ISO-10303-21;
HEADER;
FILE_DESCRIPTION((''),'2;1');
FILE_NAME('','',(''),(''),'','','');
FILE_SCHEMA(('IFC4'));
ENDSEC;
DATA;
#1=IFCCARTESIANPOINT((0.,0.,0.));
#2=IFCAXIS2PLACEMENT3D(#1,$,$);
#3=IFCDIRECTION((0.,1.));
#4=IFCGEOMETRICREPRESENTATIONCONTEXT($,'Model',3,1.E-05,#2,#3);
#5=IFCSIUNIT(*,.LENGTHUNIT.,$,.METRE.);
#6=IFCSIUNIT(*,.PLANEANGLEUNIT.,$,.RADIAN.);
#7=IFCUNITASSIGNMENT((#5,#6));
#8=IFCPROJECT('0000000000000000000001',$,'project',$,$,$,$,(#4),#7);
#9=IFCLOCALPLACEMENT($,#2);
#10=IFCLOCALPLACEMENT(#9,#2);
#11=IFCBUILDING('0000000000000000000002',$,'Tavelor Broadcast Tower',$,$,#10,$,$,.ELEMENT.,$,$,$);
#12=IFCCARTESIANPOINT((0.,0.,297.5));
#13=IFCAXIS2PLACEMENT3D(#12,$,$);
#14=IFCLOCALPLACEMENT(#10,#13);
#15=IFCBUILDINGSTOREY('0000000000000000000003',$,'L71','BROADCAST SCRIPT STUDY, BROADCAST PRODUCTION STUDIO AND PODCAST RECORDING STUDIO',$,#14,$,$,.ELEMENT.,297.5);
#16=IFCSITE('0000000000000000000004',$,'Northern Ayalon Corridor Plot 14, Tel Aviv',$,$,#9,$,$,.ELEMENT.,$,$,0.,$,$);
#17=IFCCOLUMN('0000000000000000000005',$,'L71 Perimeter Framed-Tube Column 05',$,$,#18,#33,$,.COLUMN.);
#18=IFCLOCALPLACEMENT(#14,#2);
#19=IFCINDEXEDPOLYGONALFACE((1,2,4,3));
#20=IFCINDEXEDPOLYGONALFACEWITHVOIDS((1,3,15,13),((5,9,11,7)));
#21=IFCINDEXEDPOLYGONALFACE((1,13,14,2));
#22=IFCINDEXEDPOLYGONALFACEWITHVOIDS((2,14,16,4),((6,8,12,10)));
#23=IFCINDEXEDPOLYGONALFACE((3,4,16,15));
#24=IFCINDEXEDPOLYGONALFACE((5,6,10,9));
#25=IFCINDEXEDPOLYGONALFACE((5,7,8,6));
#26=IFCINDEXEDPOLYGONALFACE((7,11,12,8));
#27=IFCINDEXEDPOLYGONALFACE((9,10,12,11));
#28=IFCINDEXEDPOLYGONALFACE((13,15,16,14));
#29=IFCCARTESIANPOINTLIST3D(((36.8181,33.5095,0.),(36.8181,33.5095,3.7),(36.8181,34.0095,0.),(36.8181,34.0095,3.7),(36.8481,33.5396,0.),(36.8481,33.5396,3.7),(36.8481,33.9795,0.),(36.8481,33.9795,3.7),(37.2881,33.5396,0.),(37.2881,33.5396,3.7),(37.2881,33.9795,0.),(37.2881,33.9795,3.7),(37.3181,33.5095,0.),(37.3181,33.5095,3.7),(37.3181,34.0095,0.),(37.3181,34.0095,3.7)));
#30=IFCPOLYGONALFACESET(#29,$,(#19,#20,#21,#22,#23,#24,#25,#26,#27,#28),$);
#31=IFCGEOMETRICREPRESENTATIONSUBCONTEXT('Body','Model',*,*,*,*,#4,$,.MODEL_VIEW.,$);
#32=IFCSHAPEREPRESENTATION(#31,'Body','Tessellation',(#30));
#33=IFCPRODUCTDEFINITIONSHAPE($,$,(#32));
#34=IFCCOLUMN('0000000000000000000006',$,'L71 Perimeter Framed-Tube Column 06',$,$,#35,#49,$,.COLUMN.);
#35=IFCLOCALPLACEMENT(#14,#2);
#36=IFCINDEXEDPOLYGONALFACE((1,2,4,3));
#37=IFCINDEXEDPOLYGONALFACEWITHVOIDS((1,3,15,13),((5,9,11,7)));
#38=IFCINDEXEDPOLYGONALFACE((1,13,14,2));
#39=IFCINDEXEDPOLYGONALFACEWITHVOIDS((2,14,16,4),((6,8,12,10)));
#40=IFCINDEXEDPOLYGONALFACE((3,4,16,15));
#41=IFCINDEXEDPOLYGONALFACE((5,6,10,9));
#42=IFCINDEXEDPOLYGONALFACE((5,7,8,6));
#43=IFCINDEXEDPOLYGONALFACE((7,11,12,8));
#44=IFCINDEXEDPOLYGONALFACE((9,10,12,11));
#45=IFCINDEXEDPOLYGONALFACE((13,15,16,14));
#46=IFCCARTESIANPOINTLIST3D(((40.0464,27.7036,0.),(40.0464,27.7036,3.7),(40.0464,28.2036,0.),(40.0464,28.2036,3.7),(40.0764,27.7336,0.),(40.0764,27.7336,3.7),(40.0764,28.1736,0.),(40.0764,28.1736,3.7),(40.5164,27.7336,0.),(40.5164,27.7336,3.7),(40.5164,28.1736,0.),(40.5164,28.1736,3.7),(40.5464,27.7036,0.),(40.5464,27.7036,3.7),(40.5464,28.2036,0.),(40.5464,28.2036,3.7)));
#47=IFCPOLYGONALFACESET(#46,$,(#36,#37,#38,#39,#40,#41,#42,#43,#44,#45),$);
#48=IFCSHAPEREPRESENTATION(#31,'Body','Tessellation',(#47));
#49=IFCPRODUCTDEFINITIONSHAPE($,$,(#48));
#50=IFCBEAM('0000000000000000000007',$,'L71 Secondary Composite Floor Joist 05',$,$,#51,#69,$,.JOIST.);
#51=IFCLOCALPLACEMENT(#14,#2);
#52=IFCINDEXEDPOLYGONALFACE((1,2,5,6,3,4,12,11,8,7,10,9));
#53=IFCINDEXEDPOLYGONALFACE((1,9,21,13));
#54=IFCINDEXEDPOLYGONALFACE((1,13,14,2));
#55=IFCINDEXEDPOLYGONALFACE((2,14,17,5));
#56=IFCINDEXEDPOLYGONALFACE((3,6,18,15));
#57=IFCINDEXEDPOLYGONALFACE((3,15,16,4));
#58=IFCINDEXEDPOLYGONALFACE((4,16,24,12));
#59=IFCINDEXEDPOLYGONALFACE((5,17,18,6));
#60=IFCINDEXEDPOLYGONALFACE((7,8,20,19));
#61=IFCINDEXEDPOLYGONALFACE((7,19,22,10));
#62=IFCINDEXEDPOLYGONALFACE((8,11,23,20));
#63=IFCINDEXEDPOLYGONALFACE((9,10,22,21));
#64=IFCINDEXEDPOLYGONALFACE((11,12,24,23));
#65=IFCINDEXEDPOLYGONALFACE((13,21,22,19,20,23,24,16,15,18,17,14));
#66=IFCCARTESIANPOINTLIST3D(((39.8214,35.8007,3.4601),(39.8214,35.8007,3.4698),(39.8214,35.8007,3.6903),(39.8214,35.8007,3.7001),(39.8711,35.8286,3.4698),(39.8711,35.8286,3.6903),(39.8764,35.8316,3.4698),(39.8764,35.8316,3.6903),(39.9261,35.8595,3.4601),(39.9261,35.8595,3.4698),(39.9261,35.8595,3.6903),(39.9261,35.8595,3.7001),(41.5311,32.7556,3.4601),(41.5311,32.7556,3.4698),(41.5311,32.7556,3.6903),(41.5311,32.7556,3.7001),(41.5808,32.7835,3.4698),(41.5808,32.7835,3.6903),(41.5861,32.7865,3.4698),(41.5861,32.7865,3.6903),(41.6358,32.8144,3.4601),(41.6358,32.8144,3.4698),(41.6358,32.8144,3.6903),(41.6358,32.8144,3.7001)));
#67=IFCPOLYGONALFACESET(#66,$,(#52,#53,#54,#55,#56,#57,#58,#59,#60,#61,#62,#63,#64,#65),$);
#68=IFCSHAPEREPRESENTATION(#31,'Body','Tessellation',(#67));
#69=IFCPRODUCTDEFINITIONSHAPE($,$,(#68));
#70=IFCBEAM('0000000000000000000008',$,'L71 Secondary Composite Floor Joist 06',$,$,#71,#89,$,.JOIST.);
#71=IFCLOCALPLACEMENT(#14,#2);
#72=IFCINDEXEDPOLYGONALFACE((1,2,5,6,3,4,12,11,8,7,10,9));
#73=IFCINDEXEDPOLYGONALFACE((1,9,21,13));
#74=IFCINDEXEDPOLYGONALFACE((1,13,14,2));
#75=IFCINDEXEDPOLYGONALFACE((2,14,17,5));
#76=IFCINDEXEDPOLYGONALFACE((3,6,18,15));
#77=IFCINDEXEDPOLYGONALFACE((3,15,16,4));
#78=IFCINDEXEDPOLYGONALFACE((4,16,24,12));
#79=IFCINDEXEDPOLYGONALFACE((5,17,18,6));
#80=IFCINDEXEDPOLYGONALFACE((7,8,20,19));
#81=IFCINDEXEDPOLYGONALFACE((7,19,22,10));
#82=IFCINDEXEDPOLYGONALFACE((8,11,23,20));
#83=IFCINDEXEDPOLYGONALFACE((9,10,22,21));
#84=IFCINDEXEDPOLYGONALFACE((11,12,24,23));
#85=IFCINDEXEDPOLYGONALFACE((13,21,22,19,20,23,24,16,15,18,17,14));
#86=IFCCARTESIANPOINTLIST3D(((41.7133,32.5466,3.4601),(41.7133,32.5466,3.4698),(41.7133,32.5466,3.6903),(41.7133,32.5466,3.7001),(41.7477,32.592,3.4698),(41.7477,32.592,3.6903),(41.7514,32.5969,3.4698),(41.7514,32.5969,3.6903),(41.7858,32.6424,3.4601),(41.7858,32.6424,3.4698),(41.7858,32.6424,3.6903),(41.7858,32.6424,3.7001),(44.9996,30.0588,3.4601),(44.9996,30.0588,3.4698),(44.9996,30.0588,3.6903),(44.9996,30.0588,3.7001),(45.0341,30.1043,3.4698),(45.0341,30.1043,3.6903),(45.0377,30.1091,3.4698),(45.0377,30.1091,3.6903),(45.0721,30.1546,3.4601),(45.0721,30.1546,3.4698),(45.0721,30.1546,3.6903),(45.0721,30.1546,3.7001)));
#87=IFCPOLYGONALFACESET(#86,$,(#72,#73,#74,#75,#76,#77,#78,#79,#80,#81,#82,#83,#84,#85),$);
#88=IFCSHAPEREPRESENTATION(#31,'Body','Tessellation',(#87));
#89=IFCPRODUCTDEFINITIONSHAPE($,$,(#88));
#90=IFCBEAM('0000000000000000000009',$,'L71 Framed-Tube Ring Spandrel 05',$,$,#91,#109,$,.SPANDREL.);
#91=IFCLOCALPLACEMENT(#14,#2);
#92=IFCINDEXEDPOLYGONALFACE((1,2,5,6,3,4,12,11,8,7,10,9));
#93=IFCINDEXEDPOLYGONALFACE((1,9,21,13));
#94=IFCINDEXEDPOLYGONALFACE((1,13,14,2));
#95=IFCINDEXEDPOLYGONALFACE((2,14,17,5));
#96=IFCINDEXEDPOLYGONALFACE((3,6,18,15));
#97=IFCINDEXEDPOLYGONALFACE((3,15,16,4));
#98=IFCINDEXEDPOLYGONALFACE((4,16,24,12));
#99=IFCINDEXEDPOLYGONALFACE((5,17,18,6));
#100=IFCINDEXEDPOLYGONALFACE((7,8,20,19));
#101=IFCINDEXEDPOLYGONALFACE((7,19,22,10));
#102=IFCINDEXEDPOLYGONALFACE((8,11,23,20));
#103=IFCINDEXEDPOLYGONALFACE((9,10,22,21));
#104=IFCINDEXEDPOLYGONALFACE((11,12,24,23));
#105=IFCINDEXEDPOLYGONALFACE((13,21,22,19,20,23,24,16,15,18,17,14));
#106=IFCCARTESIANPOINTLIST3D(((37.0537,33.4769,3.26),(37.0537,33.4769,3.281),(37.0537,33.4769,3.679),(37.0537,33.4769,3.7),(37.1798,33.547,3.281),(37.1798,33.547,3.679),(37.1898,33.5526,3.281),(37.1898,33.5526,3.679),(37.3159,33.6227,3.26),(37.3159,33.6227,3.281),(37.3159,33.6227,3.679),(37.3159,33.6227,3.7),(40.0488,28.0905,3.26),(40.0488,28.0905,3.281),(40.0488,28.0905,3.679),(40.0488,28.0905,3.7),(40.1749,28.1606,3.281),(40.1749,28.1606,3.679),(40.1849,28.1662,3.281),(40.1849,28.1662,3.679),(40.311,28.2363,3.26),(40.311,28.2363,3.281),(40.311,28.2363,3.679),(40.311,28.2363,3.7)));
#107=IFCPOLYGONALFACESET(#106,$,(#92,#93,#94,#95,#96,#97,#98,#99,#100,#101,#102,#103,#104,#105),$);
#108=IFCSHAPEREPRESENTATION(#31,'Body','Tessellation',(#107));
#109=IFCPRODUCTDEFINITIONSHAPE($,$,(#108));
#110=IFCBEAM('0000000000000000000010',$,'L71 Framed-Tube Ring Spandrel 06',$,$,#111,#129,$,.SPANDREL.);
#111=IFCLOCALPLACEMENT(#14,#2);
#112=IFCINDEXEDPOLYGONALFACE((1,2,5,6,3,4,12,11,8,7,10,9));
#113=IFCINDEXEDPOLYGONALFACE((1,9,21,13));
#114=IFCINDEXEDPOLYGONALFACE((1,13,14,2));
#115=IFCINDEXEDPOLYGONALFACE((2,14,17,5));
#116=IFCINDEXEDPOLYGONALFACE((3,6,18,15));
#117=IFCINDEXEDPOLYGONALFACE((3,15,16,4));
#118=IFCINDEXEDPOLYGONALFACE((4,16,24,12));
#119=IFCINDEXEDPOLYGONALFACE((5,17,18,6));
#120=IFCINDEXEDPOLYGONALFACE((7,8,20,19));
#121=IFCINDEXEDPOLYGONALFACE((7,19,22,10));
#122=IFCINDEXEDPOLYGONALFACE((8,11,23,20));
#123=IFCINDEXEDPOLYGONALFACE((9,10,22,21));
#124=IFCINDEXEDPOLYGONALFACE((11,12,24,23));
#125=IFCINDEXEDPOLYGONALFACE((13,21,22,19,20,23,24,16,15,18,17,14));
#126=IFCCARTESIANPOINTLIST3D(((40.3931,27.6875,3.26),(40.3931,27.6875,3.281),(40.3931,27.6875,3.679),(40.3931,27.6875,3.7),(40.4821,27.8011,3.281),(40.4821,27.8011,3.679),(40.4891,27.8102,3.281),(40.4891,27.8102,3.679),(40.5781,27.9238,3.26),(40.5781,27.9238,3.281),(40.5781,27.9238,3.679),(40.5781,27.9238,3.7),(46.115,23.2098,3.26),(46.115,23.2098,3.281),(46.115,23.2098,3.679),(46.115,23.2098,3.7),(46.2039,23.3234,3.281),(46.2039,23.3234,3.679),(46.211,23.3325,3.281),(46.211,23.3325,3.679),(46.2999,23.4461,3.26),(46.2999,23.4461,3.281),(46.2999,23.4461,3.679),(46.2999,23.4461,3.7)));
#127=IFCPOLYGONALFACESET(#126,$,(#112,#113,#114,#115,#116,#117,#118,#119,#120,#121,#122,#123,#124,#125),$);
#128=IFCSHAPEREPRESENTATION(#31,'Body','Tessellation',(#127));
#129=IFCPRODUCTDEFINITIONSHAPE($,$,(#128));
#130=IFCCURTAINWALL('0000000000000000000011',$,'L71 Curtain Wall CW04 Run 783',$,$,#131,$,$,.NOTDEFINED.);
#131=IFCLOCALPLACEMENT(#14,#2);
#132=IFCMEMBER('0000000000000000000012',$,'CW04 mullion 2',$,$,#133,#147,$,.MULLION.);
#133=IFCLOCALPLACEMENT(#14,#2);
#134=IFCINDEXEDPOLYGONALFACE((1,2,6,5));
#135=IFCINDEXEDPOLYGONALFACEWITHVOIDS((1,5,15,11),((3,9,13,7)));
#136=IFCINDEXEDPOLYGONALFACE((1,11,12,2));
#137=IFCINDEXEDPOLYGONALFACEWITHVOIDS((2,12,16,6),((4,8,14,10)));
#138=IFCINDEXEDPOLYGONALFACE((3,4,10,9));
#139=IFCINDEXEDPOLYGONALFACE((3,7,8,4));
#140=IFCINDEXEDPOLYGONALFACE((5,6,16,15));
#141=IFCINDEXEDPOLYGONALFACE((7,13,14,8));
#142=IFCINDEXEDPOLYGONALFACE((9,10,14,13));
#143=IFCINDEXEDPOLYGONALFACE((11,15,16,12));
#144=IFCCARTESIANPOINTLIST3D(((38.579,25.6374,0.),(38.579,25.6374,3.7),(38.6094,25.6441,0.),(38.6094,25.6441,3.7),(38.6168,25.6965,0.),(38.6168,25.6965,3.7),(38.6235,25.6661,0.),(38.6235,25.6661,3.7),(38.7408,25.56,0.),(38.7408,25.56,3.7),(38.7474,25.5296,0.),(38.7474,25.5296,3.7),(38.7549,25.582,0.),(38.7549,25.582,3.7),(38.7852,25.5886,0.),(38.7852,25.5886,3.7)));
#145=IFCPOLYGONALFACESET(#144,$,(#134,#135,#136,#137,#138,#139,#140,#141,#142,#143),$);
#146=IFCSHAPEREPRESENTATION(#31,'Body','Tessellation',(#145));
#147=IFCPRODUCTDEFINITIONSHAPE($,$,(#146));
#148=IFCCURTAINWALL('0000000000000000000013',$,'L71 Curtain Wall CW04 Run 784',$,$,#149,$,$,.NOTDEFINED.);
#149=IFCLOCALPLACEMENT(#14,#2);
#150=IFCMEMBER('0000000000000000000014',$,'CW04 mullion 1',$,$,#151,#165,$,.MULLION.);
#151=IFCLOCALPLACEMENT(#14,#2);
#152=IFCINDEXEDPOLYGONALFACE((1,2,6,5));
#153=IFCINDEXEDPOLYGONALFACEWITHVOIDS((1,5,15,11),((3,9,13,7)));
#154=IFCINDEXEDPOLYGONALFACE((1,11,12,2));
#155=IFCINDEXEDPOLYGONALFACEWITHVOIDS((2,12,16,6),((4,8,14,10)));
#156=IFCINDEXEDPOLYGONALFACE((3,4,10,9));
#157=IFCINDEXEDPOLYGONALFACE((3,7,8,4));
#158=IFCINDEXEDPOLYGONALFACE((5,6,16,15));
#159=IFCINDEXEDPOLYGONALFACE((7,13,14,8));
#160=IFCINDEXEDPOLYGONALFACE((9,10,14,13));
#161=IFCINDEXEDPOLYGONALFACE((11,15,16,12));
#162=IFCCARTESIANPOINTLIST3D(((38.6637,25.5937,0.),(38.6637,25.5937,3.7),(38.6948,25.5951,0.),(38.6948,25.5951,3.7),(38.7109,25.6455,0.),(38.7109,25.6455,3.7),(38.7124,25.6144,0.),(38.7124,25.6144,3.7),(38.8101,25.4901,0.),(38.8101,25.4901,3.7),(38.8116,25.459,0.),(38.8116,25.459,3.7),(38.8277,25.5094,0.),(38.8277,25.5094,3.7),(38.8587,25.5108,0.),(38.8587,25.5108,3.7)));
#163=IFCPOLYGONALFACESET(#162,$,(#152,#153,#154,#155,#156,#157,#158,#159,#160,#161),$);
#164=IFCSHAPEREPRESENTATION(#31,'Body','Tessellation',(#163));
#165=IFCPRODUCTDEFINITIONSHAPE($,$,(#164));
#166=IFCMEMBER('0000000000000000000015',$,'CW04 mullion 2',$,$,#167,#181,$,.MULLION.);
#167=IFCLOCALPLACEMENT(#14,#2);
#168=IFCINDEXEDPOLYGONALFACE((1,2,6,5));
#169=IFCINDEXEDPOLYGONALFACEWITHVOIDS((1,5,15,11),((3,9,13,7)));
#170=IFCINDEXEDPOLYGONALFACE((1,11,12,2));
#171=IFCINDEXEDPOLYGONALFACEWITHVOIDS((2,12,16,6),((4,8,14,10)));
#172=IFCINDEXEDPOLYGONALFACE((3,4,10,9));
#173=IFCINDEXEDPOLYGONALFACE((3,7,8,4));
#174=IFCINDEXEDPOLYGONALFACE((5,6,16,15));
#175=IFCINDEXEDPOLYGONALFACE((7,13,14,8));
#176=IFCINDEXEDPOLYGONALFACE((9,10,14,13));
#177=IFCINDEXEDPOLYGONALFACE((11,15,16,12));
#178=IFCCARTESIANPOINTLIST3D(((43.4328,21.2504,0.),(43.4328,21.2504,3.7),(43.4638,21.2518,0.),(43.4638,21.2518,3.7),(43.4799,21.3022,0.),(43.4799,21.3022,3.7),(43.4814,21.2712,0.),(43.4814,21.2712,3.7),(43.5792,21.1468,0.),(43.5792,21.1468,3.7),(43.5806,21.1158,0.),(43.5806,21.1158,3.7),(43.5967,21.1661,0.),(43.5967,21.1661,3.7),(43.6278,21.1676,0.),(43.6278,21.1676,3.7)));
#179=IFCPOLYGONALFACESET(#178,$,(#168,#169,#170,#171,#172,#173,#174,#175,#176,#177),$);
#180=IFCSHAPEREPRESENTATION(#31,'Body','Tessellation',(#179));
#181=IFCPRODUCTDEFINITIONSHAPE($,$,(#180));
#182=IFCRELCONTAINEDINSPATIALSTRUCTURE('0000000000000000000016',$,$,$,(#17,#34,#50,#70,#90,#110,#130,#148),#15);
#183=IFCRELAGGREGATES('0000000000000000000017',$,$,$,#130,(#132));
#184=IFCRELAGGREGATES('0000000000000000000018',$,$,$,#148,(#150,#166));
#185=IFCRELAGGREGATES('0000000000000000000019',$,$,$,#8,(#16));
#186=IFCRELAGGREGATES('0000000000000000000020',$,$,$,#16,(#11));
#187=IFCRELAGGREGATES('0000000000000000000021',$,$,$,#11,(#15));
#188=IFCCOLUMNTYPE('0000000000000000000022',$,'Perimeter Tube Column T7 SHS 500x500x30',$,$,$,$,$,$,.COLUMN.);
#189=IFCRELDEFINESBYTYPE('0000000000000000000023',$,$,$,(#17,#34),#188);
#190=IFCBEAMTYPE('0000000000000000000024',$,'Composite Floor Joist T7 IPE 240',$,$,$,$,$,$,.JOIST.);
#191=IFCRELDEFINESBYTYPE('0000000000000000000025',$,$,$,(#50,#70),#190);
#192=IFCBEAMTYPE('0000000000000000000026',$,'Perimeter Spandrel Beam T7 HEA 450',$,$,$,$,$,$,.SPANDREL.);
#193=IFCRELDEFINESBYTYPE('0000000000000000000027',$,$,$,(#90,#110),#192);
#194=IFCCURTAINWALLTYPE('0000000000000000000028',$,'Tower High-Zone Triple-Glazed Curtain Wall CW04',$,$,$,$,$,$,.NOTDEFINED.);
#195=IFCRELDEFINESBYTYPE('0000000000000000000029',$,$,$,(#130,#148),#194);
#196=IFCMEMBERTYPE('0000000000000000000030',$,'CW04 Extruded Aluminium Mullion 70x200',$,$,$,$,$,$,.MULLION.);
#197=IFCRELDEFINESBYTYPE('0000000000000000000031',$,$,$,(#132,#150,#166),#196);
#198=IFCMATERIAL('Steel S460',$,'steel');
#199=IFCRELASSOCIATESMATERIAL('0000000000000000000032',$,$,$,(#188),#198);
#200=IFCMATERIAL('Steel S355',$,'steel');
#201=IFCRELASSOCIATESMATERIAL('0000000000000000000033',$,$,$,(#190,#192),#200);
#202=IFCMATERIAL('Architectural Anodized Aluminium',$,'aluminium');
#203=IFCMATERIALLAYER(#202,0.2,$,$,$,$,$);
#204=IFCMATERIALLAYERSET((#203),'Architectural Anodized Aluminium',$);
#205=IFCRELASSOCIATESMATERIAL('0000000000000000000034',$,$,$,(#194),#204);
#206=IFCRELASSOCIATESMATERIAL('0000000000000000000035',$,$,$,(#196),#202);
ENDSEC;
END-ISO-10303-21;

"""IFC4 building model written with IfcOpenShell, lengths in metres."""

from ifc_helpers import new_model, si_unit, direction, frame, origin, origin_2d, place, context, subcontext, project, spatial, hollow_rectangle, i_section, extrude, source, transform, mapped, material, layer, layer_set, material_profile, profile_set, type_object, type_shapes, element, aggregate, save


model = new_model("IFC4")

# Units and contexts
model_context = context("Model", 3, precision=1e-05, world=origin(), true_north=direction((0.0, 1.0)))
body_context = subcontext(model_context, "Body", "Model", "MODEL_VIEW")
ifc_project = project(units=[si_unit("LENGTHUNIT", "METRE"), si_unit("PLANEANGLEUNIT", "RADIAN")], contexts=[model_context])

# Site, building, storey
site_placement = place(None, origin())
site = spatial("IfcSite", under=ifc_project, at=site_placement, Name="Northern Ayalon Corridor Plot 14, Tel Aviv", CompositionType="ELEMENT", RefElevation=0.0)
building_placement = place(site_placement, origin())
building = spatial("IfcBuilding", under=site, at=building_placement, Name="Tavelor Broadcast Tower", CompositionType="ELEMENT")
storey_placement = place(building_placement, frame((0.0, 0.0, 297.5)))
storey = spatial("IfcBuildingStorey", under=building, at=storey_placement, Name="L71", Description="BROADCAST SCRIPT STUDY, BROADCAST PRODUCTION STUDIO AND PODCAST RECORDING STUDIO", CompositionType="ELEMENT", Elevation=297.5)

# Columns
ifc_material_1 = material(Name="Steel S460", Category="steel")
ifc_material_profile_1 = material_profile(ifc_material_1, hollow_rectangle(XDim=0.5, YDim=0.5, WallThickness=0.03, at=origin_2d()), Name="SHS 500x500x30")
ifc_profile_set_1 = profile_set([ifc_material_profile_1], Name="Steel S460")
column_type = type_object("IfcColumnType", Name="Perimeter Tube Column T7 SHS 500x500x30", PredefinedType="COLUMN", material=ifc_profile_set_1)
for number, where, z_axis, x_axis, name in (
    (1, (37.0681, 33.7595, 0.0), (0.0, 0.0, 1.0), (1.0, 0.0, 0.0), "L71 Perimeter Framed-Tube Column 05"),
    (2, (40.2964, 27.9536, 0.0), (0.0, 0.0, 1.0), (1.0, 0.0, 0.0), "L71 Perimeter Framed-Tube Column 06"),
):
    element("IfcColumn", number, at=place(storey_placement, frame(where, z_axis=z_axis, x_axis=x_axis)), inside=storey, type_object=column_type, Name=name, PredefinedType="COLUMN", context=body_context, shape_type="SweptSolid", body=[
        extrude(hollow_rectangle(XDim=0.5, YDim=0.5, WallThickness=0.03, at=origin_2d()), origin(), (0.0, 0.0, 1.0), 3.7),
    ])

# Beams
ifc_material_2 = material(Name="Steel S355", Category="steel")
ifc_material_profile_2 = material_profile(ifc_material_2, i_section(OverallWidth=0.1201, OverallDepth=0.24, WebThickness=0.0061, FlangeThickness=0.0098, at=origin_2d()), Name="IPE 240")
ifc_profile_set_2 = profile_set([ifc_material_profile_2], Name="Steel S355")
beam_type_1 = type_object("IfcBeamType", Name="Composite Floor Joist T7 IPE 240", PredefinedType="JOIST", material=ifc_profile_set_2)
beam_1_placement = place(storey_placement, frame((39.8738, 35.8301, 3.5801), z_axis=(0.489567, -0.871965, 0.0), x_axis=(0.871965, 0.489567, 0.0)))
element("IfcBeam", 3, at=beam_1_placement, inside=storey, type_object=beam_type_1, Name="L71 Secondary Composite Floor Joist 05", PredefinedType="JOIST", context=body_context, shape_type="SweptSolid", body=[
    extrude(i_section(OverallWidth=0.1201, OverallDepth=0.24, WebThickness=0.0061, FlangeThickness=0.0098, at=origin_2d()), origin(), (0.0, 0.0, 1.0), 3.4922),
])
beam_2_placement = place(storey_placement, frame((41.7495, 32.5945, 3.5801), z_axis=(0.797312, -0.603567, 0.0), x_axis=(0.603567, 0.797312, 0.0)))
element("IfcBeam", 4, at=beam_2_placement, inside=storey, type_object=beam_type_1, Name="L71 Secondary Composite Floor Joist 06", PredefinedType="JOIST", context=body_context, shape_type="SweptSolid", body=[
    extrude(i_section(OverallWidth=0.1201, OverallDepth=0.24, WebThickness=0.0061, FlangeThickness=0.0098, at=origin_2d()), origin(), (0.0, 0.0, 1.0), 4.1218),
])
ifc_material_profile_3 = material_profile(ifc_material_2, i_section(OverallWidth=0.3, OverallDepth=0.4399, WebThickness=0.0115, FlangeThickness=0.021, at=origin_2d()), Name="HEA 450")
ifc_profile_set_3 = profile_set([ifc_material_profile_3], Name="Steel S355")
beam_type_2 = type_object("IfcBeamType", Name="Perimeter Spandrel Beam T7 HEA 450", PredefinedType="SPANDREL", material=ifc_profile_set_3)
beam_3_placement = place(storey_placement, frame((37.1848, 33.5498, 3.48), z_axis=(0.485969, -0.873976, 0.0), x_axis=(0.873976, 0.485969, 0.0)))
element("IfcBeam", 5, at=beam_3_placement, inside=storey, type_object=beam_type_2, Name="L71 Framed-Tube Ring Spandrel 05", PredefinedType="SPANDREL", context=body_context, shape_type="SweptSolid", body=[
    extrude(i_section(OverallWidth=0.3, OverallDepth=0.4399, WebThickness=0.0115, FlangeThickness=0.021, at=origin_2d()), origin(), (0.0, 0.0, 1.0), 6.1631),
])
beam_4_placement = place(storey_placement, frame((40.4856, 27.8057, 3.48), z_axis=(0.787521, -0.616287, 0.0), x_axis=(0.616287, 0.787521, 0.0)))
element("IfcBeam", 6, at=beam_4_placement, inside=storey, type_object=beam_type_2, Name="L71 Framed-Tube Ring Spandrel 06", PredefinedType="SPANDREL", context=body_context, shape_type="SweptSolid", body=[
    extrude(i_section(OverallWidth=0.3, OverallDepth=0.4399, WebThickness=0.0115, FlangeThickness=0.021, at=origin_2d()), origin(), (0.0, 0.0, 1.0), 7.2656),
])

# Curtain wall, member
ifc_material_3 = material(Name="Architectural Anodized Aluminium", Category="aluminium")
ifc_layer_1 = layer(ifc_material_3, 0.2)
ifc_layer_set_1 = layer_set([ifc_layer_1], Name="Architectural Anodized Aluminium")
curtain_wall_type = type_object("IfcCurtainWallType", Name="Tower High-Zone Triple-Glazed Curtain Wall CW04", PredefinedType="NOTDEFINED", material=ifc_layer_set_1)
curtain_wall_1_placement = place(storey_placement, origin())
curtain_wall_1 = element("IfcCurtainWall", 7, at=curtain_wall_1_placement, inside=storey, type_object=curtain_wall_type, Name="L71 Curtain Wall CW04 Run 783", PredefinedType="NOTDEFINED")
ifc_material_profile_4 = material_profile(ifc_material_3, hollow_rectangle(XDim=0.0701, YDim=0.2, WallThickness=0.022, at=origin_2d()), Name="RHS 70x200x22")
ifc_profile_set_4 = profile_set([ifc_material_profile_4], Name="Architectural Anodized Aluminium")
member_type_1 = type_object("IfcMemberType", Name="CW04 Extruded Aluminium Mullion 70x200", PredefinedType="MULLION", material=ifc_profile_set_4)
shared_shape_1 = source(origin(), body_context, "Body", "SweptSolid", [
    extrude(hollow_rectangle(XDim=0.0701, YDim=0.2, WallThickness=0.022, at=origin_2d()), origin(), (0.0, 0.0, 1.0), 3.7),
])
type_shapes(member_type_1, [shared_shape_1])
member_1_placement = place(storey_placement, frame((38.6821, 25.613, 0.0), z_axis=(0.0, 0.0, 1.0), x_axis=(0.53929, 0.84212, 0.0)))
member_1 = element("IfcMember", 8, at=member_1_placement, type_object=member_type_1, Name="CW04 mullion 2", PredefinedType="MULLION", context=body_context, shape_type="MappedRepresentation", body=[
    mapped(shared_shape_1, transform((0.0, 0.0, 0.0), scale=1.0)),
])

# Curtain wall, members
curtain_wall_2_placement = place(storey_placement, origin())
curtain_wall_2 = element("IfcCurtainWall", 9, at=curtain_wall_2_placement, inside=storey, type_object=curtain_wall_type, Name="L71 Curtain Wall CW04 Run 784", PredefinedType="NOTDEFINED")
member_2_placement = place(storey_placement, frame((38.7612, 25.5522, 0.0), z_axis=(0.0, 0.0, 1.0), x_axis=(0.673324, 0.739347, 0.0)))
member_2 = element("IfcMember", 10, at=member_2_placement, type_object=member_type_1, Name="CW04 mullion 1", PredefinedType="MULLION", context=body_context, shape_type="MappedRepresentation", body=[
    mapped(shared_shape_1, transform((0.0, 0.0, 0.0), scale=1.0)),
])
member_3_placement = place(storey_placement, frame((43.5303, 21.209, 0.0), z_axis=(0.0, 0.0, 1.0), x_axis=(0.673324, 0.739347, 0.0)))
member_3 = element("IfcMember", 11, at=member_3_placement, type_object=member_type_1, Name="CW04 mullion 2", PredefinedType="MULLION", context=body_context, shape_type="MappedRepresentation", body=[
    mapped(shared_shape_1, transform((0.0, 0.0, 0.0), scale=1.0)),
])

aggregate(curtain_wall_1, [member_1])
aggregate(curtain_wall_2, [member_2, member_3])

save(model, "model.ifc")
